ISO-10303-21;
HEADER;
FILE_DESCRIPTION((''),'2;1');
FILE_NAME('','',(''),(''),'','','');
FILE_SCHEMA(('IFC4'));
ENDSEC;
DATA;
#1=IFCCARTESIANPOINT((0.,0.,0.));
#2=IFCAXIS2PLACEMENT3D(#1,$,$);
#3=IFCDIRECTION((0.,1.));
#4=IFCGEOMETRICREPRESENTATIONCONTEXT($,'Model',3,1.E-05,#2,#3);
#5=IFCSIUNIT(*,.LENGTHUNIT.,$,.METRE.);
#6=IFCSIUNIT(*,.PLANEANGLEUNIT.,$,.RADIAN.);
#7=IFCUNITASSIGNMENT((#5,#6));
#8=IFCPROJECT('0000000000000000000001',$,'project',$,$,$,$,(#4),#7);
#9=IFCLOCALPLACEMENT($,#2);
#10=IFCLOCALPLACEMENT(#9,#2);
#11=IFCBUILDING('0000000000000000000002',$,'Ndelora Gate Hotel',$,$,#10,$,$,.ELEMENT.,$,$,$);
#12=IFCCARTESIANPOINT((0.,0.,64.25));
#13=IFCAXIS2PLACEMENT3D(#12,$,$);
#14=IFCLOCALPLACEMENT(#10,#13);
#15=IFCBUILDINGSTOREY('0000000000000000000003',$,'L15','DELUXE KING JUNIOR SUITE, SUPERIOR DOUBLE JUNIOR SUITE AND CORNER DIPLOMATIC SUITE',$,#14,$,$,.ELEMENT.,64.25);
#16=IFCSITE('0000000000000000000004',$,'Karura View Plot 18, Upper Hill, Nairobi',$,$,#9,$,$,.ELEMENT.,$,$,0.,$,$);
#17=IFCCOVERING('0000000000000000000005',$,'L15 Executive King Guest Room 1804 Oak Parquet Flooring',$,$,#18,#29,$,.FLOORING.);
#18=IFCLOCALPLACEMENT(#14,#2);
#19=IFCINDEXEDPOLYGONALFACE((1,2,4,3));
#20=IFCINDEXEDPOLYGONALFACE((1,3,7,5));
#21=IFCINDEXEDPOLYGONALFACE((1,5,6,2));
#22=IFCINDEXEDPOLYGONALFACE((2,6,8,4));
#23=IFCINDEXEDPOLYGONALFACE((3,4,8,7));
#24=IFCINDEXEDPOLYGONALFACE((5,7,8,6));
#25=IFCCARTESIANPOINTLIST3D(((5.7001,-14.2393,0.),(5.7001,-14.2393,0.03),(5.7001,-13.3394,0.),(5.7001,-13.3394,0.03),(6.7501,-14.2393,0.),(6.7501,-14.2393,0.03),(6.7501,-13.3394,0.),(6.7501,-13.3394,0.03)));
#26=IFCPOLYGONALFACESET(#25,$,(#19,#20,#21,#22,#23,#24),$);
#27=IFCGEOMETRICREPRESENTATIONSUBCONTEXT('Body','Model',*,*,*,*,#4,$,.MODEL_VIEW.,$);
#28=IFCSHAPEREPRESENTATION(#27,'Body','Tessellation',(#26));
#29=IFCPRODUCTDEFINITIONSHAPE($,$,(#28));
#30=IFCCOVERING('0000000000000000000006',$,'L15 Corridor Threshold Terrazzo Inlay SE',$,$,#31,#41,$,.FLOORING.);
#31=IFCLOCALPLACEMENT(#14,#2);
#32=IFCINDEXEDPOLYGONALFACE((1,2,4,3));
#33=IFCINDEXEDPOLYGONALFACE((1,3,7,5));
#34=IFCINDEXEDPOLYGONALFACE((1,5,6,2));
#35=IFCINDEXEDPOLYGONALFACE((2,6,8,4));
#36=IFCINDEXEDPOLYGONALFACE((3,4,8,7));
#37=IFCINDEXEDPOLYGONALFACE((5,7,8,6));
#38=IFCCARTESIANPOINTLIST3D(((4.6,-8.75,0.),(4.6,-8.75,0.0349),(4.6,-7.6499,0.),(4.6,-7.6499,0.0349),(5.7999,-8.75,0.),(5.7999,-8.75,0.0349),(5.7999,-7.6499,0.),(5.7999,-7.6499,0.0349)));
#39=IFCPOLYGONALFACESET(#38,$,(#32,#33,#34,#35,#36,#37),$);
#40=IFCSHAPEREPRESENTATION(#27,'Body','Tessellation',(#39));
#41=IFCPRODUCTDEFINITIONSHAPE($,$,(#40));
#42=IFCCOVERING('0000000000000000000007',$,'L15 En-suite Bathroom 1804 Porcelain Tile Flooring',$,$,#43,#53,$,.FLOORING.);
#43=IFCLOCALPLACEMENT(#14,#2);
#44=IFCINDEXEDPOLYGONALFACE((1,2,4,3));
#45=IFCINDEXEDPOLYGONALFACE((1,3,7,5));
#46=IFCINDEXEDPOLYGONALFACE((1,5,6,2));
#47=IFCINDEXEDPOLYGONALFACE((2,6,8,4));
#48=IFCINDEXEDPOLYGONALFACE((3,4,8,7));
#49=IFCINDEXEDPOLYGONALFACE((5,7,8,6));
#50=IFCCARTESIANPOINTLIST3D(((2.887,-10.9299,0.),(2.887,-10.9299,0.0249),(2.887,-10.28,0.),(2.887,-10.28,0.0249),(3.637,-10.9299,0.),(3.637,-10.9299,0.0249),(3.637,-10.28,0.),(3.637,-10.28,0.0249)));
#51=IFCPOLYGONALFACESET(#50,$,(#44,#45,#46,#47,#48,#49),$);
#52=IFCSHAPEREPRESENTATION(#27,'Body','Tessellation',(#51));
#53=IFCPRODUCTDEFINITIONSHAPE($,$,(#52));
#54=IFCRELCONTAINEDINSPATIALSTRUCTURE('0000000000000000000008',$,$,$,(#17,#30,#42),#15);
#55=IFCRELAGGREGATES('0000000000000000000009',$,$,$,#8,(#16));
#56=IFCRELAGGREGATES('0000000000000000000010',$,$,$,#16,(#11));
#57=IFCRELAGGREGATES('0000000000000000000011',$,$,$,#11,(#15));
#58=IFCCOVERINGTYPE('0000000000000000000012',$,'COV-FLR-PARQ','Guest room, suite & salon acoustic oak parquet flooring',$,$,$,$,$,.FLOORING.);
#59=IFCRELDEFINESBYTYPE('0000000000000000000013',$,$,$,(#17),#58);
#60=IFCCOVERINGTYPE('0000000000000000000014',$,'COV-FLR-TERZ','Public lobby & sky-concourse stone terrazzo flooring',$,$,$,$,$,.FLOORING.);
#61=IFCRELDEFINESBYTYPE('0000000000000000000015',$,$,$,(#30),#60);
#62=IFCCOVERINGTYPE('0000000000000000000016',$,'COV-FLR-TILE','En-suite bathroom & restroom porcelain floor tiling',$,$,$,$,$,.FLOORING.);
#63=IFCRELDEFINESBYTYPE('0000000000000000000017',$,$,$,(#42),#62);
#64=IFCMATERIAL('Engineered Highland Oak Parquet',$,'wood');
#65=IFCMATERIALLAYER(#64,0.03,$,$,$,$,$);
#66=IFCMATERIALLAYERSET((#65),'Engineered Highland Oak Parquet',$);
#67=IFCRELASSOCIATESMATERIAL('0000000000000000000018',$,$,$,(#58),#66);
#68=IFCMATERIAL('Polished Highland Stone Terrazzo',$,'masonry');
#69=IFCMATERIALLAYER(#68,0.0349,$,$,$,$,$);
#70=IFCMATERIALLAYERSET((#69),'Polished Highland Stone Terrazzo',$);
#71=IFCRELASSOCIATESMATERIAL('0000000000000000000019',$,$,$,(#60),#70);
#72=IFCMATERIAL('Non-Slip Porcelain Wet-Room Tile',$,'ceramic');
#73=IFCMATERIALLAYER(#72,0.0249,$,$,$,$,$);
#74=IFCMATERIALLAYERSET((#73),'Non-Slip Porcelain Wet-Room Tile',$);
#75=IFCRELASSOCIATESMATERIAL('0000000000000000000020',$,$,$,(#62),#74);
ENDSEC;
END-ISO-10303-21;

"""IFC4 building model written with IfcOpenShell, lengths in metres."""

from ifc_helpers import new_model, si_unit, direction, frame, origin, origin_2d, place, context, subcontext, project, spatial, rectangle, extrude, material, layer, layer_set, type_object, element, save


model = new_model("IFC4")

# Units and contexts
model_context = context("Model", 3, precision=1e-05, world=origin(), true_north=direction((0.0, 1.0)))
body_context = subcontext(model_context, "Body", "Model", "MODEL_VIEW")
ifc_project = project(units=[si_unit("LENGTHUNIT", "METRE"), si_unit("PLANEANGLEUNIT", "RADIAN")], contexts=[model_context])

# Site, building, storey
site_placement = place(None, origin())
site = spatial("IfcSite", under=ifc_project, at=site_placement, Name="Karura View Plot 18, Upper Hill, Nairobi", CompositionType="ELEMENT", RefElevation=0.0)
building_placement = place(site_placement, origin())
building = spatial("IfcBuilding", under=site, at=building_placement, Name="Ndelora Gate Hotel", CompositionType="ELEMENT")
storey_placement = place(building_placement, frame((0.0, 0.0, 64.25)))
storey = spatial("IfcBuildingStorey", under=building, at=storey_placement, Name="L15", Description="DELUXE KING JUNIOR SUITE, SUPERIOR DOUBLE JUNIOR SUITE AND CORNER DIPLOMATIC SUITE", CompositionType="ELEMENT", Elevation=64.25)

# Coverings
ifc_material_1 = material(Name="Engineered Highland Oak Parquet", Category="wood")
ifc_layer_1 = layer(ifc_material_1, 0.03)
ifc_layer_set_1 = layer_set([ifc_layer_1], Name="Engineered Highland Oak Parquet")
covering_type_1 = type_object("IfcCoveringType", Name="COV-FLR-PARQ", Description="Guest room, suite & salon acoustic oak parquet flooring", PredefinedType="FLOORING", material=ifc_layer_set_1)
for number, where, z_axis, x_axis, name in (
    (1, (6.2251, -13.7893, 0.0), (0.0, 0.0, 1.0), (1.0, 0.0, 0.0), "L15 Executive King Guest Room 1804 Oak Parquet Flooring"),
):
    element("IfcCovering", number, at=place(storey_placement, frame(where, z_axis=z_axis, x_axis=x_axis)), inside=storey, type_object=covering_type_1, Name=name, PredefinedType="FLOORING", context=body_context, shape_type="SweptSolid", body=[
        extrude(rectangle(XDim=1.05, YDim=0.8999, at=origin_2d()), origin(), (0.0, 0.0, 1.0), 0.03),
    ])
ifc_material_2 = material(Name="Polished Highland Stone Terrazzo", Category="masonry")
ifc_layer_2 = layer(ifc_material_2, 0.0349)
ifc_layer_set_2 = layer_set([ifc_layer_2], Name="Polished Highland Stone Terrazzo")
covering_type_2 = type_object("IfcCoveringType", Name="COV-FLR-TERZ", Description="Public lobby & sky-concourse stone terrazzo flooring", PredefinedType="FLOORING", material=ifc_layer_set_2)
covering_1_placement = place(storey_placement, frame((5.2, -8.2, 0.0), z_axis=(0.0, 0.0, 1.0), x_axis=(1.0, 0.0, 0.0)))
element("IfcCovering", 2, at=covering_1_placement, inside=storey, type_object=covering_type_2, Name="L15 Corridor Threshold Terrazzo Inlay SE", PredefinedType="FLOORING", context=body_context, shape_type="SweptSolid", body=[
    extrude(rectangle(XDim=1.2, YDim=1.1001, at=origin_2d()), origin(), (0.0, 0.0, 1.0), 0.0349),
])
ifc_material_3 = material(Name="Non-Slip Porcelain Wet-Room Tile", Category="ceramic")
ifc_layer_3 = layer(ifc_material_3, 0.0249)
ifc_layer_set_3 = layer_set([ifc_layer_3], Name="Non-Slip Porcelain Wet-Room Tile")
covering_type_3 = type_object("IfcCoveringType", Name="COV-FLR-TILE", Description="En-suite bathroom & restroom porcelain floor tiling", PredefinedType="FLOORING", material=ifc_layer_set_3)
covering_2_placement = place(storey_placement, frame((3.262, -10.605, 0.0), z_axis=(0.0, 0.0, 1.0), x_axis=(1.0, 0.0, 0.0)))
element("IfcCovering", 3, at=covering_2_placement, inside=storey, type_object=covering_type_3, Name="L15 En-suite Bathroom 1804 Porcelain Tile Flooring", PredefinedType="FLOORING", context=body_context, shape_type="SweptSolid", body=[
    extrude(rectangle(XDim=0.75, YDim=0.6499, at=origin_2d()), origin(), (0.0, 0.0, 1.0), 0.0249),
])

save(model, "model.ifc")
